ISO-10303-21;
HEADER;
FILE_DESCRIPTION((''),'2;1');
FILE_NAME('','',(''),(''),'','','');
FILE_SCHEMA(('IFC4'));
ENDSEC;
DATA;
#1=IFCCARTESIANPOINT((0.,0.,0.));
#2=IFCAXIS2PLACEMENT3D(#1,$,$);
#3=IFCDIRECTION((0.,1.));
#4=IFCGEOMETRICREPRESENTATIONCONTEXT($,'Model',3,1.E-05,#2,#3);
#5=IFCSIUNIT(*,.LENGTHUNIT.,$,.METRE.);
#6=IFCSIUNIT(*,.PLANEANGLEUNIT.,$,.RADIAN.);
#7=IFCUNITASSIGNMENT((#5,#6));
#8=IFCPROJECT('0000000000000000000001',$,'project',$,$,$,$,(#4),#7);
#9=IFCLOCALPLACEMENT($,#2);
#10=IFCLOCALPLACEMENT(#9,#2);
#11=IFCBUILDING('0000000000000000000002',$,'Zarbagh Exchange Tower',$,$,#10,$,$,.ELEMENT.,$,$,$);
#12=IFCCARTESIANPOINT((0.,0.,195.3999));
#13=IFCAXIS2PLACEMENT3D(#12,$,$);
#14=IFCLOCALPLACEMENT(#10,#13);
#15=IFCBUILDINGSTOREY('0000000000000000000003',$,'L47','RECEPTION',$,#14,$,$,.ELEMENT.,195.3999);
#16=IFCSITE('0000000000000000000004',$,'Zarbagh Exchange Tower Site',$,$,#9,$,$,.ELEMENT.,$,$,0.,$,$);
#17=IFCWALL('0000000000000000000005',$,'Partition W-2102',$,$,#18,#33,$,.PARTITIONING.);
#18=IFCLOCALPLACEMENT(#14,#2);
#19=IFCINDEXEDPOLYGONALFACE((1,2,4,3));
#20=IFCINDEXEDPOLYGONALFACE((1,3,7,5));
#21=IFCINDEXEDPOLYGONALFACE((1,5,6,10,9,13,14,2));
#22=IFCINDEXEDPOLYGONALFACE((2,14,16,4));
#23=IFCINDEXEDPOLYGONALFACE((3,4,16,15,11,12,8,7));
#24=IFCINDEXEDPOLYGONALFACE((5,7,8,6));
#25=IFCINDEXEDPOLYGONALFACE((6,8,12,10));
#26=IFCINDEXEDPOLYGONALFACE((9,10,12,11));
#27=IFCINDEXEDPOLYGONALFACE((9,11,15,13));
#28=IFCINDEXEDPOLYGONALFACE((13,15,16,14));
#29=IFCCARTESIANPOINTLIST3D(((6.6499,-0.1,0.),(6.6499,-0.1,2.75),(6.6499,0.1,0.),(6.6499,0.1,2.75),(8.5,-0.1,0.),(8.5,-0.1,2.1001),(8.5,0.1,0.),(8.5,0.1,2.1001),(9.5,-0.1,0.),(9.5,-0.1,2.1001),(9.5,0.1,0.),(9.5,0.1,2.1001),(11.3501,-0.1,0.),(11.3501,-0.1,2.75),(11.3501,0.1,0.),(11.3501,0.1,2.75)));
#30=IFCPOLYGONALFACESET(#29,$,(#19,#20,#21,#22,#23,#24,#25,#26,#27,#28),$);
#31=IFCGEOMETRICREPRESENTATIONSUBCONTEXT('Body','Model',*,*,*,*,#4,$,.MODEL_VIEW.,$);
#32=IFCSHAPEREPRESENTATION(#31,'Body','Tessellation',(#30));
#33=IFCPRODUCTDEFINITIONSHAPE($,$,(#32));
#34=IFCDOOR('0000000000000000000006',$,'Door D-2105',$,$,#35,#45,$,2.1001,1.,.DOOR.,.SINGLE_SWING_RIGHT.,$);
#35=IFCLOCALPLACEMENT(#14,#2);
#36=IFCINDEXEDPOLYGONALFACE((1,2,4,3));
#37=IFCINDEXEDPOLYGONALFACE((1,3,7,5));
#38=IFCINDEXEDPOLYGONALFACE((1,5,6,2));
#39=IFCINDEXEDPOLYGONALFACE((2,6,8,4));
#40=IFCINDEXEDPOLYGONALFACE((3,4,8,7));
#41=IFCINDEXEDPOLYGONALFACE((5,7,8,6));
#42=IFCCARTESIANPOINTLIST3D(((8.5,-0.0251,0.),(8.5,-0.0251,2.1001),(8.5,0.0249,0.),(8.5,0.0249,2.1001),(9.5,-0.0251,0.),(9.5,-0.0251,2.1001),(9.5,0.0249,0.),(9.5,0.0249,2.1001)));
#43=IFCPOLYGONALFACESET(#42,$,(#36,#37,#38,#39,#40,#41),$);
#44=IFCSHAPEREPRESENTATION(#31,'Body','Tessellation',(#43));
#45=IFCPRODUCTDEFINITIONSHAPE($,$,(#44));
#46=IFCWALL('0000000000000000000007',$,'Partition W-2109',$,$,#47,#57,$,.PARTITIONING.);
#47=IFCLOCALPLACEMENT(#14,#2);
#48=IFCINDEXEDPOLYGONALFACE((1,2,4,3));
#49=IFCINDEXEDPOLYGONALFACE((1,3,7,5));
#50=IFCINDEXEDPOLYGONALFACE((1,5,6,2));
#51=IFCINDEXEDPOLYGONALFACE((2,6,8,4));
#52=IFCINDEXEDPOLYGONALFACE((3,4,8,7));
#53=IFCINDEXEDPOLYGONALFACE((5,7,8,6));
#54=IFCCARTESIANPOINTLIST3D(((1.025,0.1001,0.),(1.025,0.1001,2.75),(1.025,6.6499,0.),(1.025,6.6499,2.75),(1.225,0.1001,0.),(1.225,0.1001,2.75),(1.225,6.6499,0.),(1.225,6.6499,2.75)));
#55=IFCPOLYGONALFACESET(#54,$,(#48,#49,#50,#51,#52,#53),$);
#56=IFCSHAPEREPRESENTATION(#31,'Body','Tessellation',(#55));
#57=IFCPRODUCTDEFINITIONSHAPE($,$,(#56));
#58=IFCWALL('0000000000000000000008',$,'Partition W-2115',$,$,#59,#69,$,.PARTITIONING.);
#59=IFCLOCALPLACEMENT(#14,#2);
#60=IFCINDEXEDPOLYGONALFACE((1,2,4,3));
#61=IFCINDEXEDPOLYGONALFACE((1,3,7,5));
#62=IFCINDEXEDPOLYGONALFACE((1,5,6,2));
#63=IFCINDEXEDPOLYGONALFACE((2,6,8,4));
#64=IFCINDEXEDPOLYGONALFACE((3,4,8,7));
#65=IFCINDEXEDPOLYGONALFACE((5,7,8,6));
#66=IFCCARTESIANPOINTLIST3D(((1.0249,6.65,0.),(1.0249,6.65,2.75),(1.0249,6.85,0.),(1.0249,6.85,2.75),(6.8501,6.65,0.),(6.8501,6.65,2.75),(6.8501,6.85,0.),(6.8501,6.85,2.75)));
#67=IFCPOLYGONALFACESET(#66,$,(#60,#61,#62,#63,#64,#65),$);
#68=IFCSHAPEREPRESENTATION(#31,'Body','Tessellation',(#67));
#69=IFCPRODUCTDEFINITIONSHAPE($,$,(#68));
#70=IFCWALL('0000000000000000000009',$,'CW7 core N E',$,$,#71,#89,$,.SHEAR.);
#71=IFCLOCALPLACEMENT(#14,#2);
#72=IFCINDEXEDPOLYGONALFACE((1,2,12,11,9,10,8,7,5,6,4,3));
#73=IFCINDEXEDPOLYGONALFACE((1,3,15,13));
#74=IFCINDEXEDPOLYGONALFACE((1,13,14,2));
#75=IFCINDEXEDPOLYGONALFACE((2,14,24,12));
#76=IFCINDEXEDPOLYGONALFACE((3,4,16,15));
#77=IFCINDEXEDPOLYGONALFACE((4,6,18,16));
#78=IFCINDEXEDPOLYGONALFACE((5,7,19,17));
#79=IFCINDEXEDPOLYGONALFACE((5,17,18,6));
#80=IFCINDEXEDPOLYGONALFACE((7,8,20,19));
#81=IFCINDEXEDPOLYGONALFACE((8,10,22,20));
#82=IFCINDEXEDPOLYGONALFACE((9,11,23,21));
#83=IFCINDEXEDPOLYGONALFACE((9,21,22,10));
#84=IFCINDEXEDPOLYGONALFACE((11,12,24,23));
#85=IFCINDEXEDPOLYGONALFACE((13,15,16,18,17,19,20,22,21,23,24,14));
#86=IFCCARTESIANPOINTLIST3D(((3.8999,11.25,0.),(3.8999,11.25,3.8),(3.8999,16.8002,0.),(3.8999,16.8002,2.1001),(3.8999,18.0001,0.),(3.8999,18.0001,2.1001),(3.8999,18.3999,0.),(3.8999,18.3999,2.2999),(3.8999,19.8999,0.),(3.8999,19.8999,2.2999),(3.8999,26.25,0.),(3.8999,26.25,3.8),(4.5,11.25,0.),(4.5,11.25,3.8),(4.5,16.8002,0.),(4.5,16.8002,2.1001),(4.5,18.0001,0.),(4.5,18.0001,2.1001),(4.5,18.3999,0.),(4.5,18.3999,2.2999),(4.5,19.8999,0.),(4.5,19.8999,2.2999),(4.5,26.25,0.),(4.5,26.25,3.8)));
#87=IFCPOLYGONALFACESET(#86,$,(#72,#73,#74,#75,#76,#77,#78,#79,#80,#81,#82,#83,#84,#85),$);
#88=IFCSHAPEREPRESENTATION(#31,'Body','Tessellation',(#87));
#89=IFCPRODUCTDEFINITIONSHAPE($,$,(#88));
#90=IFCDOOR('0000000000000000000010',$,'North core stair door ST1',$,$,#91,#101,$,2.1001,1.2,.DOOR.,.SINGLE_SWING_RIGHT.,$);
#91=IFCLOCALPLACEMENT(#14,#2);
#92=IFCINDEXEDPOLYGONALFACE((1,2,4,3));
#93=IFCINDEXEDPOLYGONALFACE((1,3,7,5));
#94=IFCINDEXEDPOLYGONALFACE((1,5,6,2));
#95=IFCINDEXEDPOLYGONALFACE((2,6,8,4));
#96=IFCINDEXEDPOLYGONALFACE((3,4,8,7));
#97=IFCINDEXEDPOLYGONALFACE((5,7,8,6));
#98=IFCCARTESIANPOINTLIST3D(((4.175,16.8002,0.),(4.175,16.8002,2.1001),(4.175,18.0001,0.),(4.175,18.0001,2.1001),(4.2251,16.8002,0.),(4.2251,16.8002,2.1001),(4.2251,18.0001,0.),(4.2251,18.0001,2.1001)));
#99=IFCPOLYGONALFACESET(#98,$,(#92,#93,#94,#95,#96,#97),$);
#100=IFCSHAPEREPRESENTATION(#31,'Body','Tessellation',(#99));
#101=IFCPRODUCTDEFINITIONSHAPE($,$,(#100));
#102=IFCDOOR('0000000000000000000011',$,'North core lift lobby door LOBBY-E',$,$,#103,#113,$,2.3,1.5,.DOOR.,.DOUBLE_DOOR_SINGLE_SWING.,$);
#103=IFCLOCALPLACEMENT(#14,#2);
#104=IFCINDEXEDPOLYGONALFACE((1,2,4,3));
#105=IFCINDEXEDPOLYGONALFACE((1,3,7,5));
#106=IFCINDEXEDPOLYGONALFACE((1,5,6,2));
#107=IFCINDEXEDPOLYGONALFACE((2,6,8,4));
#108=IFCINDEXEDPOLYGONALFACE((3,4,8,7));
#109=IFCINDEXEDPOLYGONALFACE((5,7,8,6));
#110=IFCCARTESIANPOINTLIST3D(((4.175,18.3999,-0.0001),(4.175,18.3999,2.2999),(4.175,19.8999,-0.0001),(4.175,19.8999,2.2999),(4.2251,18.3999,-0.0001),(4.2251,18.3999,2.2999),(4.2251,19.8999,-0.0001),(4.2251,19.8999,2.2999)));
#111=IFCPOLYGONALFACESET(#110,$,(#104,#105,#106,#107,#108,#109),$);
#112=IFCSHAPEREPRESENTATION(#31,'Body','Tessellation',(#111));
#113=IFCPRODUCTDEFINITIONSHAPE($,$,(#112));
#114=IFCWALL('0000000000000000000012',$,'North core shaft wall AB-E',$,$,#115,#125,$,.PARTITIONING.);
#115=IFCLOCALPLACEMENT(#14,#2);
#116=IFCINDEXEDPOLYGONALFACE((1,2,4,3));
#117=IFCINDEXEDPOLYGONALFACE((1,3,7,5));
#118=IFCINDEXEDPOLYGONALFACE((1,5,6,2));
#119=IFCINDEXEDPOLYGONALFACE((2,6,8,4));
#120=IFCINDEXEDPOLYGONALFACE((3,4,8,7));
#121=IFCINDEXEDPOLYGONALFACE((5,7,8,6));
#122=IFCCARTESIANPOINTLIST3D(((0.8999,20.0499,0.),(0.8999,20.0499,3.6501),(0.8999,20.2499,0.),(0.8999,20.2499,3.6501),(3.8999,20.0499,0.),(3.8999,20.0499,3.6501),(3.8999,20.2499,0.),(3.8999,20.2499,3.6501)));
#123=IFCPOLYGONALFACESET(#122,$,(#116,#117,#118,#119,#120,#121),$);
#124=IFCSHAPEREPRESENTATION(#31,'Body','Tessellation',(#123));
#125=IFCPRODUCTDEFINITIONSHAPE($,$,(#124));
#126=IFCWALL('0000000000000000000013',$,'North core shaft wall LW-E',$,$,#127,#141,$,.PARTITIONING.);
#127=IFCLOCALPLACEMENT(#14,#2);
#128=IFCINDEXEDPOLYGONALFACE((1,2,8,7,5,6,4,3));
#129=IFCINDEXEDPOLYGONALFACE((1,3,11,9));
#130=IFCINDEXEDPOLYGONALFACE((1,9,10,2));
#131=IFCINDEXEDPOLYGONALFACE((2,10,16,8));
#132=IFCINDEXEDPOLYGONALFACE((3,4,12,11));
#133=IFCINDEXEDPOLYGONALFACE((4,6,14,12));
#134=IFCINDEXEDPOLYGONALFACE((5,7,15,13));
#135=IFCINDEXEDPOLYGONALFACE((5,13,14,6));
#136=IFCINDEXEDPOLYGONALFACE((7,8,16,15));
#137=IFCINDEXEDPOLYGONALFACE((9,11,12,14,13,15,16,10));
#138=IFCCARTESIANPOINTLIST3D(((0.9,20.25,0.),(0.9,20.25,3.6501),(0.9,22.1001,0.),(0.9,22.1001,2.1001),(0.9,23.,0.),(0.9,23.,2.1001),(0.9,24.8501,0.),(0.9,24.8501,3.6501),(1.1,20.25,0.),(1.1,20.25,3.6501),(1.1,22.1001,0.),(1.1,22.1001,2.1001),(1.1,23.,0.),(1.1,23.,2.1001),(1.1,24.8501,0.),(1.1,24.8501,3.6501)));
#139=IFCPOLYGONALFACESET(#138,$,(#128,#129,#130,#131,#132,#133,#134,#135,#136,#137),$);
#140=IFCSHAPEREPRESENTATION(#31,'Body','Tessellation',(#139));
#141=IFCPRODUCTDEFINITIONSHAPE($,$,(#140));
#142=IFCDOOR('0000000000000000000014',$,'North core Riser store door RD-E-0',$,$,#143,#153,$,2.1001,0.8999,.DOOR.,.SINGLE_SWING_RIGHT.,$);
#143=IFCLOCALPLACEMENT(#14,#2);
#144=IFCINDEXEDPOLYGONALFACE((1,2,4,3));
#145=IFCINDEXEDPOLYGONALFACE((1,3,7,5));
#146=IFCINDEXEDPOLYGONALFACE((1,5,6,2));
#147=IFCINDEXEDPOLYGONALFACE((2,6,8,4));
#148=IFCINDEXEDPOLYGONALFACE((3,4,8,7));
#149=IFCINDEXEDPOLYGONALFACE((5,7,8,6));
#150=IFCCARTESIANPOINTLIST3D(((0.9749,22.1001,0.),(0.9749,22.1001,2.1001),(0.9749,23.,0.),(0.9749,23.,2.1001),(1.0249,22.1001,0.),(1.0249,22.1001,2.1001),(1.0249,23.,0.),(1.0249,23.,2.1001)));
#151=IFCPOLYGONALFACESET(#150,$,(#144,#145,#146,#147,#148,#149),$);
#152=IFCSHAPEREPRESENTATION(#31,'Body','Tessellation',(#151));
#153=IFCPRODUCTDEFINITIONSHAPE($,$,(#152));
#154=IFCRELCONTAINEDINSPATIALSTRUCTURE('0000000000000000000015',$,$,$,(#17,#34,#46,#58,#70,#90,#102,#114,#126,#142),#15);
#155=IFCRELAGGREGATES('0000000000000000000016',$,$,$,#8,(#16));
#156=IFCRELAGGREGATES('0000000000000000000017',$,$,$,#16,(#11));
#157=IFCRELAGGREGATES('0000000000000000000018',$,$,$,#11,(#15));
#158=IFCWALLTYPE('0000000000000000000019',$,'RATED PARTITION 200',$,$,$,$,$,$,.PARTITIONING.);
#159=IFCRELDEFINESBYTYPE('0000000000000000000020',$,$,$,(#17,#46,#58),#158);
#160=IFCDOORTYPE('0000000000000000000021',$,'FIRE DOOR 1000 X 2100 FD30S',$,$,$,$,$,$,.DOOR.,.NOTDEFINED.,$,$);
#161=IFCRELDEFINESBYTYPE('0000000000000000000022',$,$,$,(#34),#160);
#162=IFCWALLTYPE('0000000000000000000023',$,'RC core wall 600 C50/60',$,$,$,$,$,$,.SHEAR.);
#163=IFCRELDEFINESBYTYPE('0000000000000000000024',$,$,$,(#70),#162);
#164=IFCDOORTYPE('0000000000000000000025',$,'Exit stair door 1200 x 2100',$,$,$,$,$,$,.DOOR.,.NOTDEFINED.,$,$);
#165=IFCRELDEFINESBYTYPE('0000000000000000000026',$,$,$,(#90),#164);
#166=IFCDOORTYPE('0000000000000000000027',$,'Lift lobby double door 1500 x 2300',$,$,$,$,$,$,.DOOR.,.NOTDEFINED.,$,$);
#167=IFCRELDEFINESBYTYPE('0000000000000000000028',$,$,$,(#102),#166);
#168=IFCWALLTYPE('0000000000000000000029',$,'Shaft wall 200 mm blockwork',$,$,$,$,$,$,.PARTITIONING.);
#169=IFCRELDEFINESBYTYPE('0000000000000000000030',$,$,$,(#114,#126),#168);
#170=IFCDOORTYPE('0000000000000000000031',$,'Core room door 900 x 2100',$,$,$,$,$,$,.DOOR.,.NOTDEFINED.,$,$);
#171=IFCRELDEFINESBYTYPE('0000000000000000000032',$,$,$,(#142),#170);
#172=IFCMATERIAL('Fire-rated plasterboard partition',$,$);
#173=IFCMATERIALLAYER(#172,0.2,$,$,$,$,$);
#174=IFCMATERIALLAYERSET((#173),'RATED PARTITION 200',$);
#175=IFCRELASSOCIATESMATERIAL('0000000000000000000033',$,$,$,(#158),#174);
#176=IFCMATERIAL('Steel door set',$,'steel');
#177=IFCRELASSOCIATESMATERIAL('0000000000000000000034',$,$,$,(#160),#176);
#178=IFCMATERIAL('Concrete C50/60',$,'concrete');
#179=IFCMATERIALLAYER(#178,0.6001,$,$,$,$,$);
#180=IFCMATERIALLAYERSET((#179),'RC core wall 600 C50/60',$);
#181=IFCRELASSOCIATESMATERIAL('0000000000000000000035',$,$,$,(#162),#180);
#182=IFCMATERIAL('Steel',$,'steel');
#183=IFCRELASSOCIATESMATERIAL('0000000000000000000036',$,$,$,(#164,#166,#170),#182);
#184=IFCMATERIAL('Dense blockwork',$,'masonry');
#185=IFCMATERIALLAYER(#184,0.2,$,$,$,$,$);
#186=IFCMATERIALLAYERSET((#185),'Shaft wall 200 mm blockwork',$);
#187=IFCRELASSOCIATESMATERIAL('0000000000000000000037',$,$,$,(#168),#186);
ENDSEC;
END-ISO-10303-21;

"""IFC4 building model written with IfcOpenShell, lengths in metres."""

from ifc_helpers import new_model, si_unit, direction, frame, frame_2d, origin, place, context, subcontext, project, spatial, rectangle, extrude, material, layer, layer_set, type_object, element, fill, save


model = new_model("IFC4")

# Units and contexts
model_context = context("Model", 3, precision=1e-05, world=origin(), true_north=direction((0.0, 1.0)))
body_context = subcontext(model_context, "Body", "Model", "MODEL_VIEW")
ifc_project = project(units=[si_unit("LENGTHUNIT", "METRE"), si_unit("PLANEANGLEUNIT", "RADIAN")], contexts=[model_context])

# Site, building, storey
site_placement = place(None, origin())
site = spatial("IfcSite", under=ifc_project, at=site_placement, Name="Zarbagh Exchange Tower Site", CompositionType="ELEMENT", RefElevation=0.0)
building_placement = place(site_placement, origin())
building = spatial("IfcBuilding", under=site, at=building_placement, Name="Zarbagh Exchange Tower", CompositionType="ELEMENT")
storey_placement = place(building_placement, frame((0.0, 0.0, 195.3999)))
storey = spatial("IfcBuildingStorey", under=building, at=storey_placement, Name="L47", Description="RECEPTION", CompositionType="ELEMENT", Elevation=195.3999)

# Shared definitions
ifc_material_1 = material(Name="Concrete C50/60", Category="concrete")

# Wall, opening, door
ifc_material_2 = material(Name="Fire-rated plasterboard partition")
ifc_layer_1 = layer(ifc_material_2, 0.2)
ifc_layer_set_1 = layer_set([ifc_layer_1], Name="RATED PARTITION 200")
wall_type_1 = type_object("IfcWallType", Name="RATED PARTITION 200", PredefinedType="PARTITIONING", material=ifc_layer_set_1)
ifc_material_3 = material(Name="Steel door set", Category="steel")
door_type_1 = type_object("IfcDoorType", Name="FIRE DOOR 1000 X 2100 FD30S", OperationType="NOTDEFINED", PredefinedType="DOOR", material=ifc_material_3)
wall_1_placement = place(storey_placement, frame((6.6499, 0.0, 0.0), z_axis=(0.0, 0.0, 1.0), x_axis=(1.0, 0.0, 0.0)))
wall_1 = element("IfcWall", 1, at=wall_1_placement, inside=storey, type_object=wall_type_1, Name="Partition W-2102", PredefinedType="PARTITIONING", context=body_context, shape_type="SweptSolid", body=[
    extrude(rectangle(XDim=4.7002, YDim=0.2, at=frame_2d((2.3501, 0.0))), origin(), (0.0, 0.0, 1.0), 2.75),
])
opening_1_placement = place(wall_1_placement, frame((1.8501, 0.0, 0.0)))
opening_1 = element("IfcOpeningElement", 2, at=opening_1_placement, cuts=wall_1, PredefinedType="OPENING", context=body_context, shape_type="SweptSolid", body=[
    extrude(rectangle(XDim=1.0, YDim=2.1001, at=frame_2d((0.5, 1.05))), frame((0.0, 0.1099, 0.0), z_axis=(0.0, -1.0, 0.0), x_axis=(1.0, 0.0, 0.0)), (0.0, 0.0, 1.0), 0.22),
])
door_1_placement = place(opening_1_placement, origin())
door_1 = element("IfcDoor", 3, at=door_1_placement, inside=storey, type_object=door_type_1, Name="Door D-2105", OperationType="SINGLE_SWING_RIGHT", OverallHeight=2.1001, OverallWidth=1.0, PredefinedType="DOOR", context=body_context, shape_type="SweptSolid", body=[
    extrude(rectangle(XDim=1.0, YDim=2.1001, at=frame_2d((0.5, 1.05))), frame((0.0, 0.0249, 0.0), z_axis=(0.0, -1.0, 0.0), x_axis=(1.0, 0.0, 0.0)), (0.0, 0.0, 1.0), 0.05),
])
fill(opening_1, door_1)

# Walls
wall_2_placement = place(storey_placement, frame((1.125, 0.1001, 0.0), z_axis=(0.0, 0.0, 1.0), x_axis=(0.0, 1.0, 0.0)))
element("IfcWall", 4, at=wall_2_placement, inside=storey, type_object=wall_type_1, Name="Partition W-2109", PredefinedType="PARTITIONING", context=body_context, shape_type="SweptSolid", body=[
    extrude(rectangle(XDim=6.5498, YDim=0.2, at=frame_2d((3.2749, 0.0))), origin(), (0.0, 0.0, 1.0), 2.75),
])
wall_3_placement = place(storey_placement, frame((1.0249, 6.75, 0.0), z_axis=(0.0, 0.0, 1.0), x_axis=(1.0, 0.0, 0.0)))
element("IfcWall", 5, at=wall_3_placement, inside=storey, type_object=wall_type_1, Name="Partition W-2115", PredefinedType="PARTITIONING", context=body_context, shape_type="SweptSolid", body=[
    extrude(rectangle(XDim=5.8252, YDim=0.2, at=frame_2d((2.9126, 0.0))), origin(), (0.0, 0.0, 1.0), 2.75),
])

# Wall, openings, doors
ifc_layer_2 = layer(ifc_material_1, 0.6001)
ifc_layer_set_2 = layer_set([ifc_layer_2], Name="RC core wall 600 C50/60")
wall_type_2 = type_object("IfcWallType", Name="RC core wall 600 C50/60", PredefinedType="SHEAR", material=ifc_layer_set_2)
wall_4_placement = place(storey_placement, frame((4.2, 11.25, 0.0), z_axis=(0.0, 0.0, 1.0), x_axis=(0.0, 1.0, 0.0)))
wall_4 = element("IfcWall", 6, at=wall_4_placement, inside=storey, type_object=wall_type_2, Name="CW7 core N E", PredefinedType="SHEAR", context=body_context, shape_type="SweptSolid", body=[
    extrude(rectangle(XDim=15.0, YDim=0.6001, at=frame_2d((7.5, 0.0))), origin(), (0.0, 0.0, 1.0), 3.8),
])
opening_2_placement = place(wall_4_placement, frame((7.1499, 0.0, 0.0)))
opening_2 = element("IfcOpeningElement", 7, at=opening_2_placement, cuts=wall_4, PredefinedType="OPENING", context=body_context, shape_type="SweptSolid", body=[
    extrude(rectangle(XDim=1.5, YDim=2.3, at=frame_2d((0.75, 1.1499))), frame((0.0, 0.3101, 0.0), z_axis=(0.0, -1.0, 0.0), x_axis=(1.0, 0.0, 0.0)), (0.0, 0.0, 1.0), 0.6201),
])
opening_3_placement = place(wall_4_placement, frame((5.55, 0.0, 0.0)))
opening_3 = element("IfcOpeningElement", 8, at=opening_3_placement, cuts=wall_4, PredefinedType="OPENING", context=body_context, shape_type="SweptSolid", body=[
    extrude(rectangle(XDim=1.2, YDim=2.1001, at=frame_2d((0.6001, 1.05))), frame((0.0, 0.3101, 0.0), z_axis=(0.0, -1.0, 0.0), x_axis=(1.0, 0.0, 0.0)), (0.0, 0.0, 1.0), 0.6201),
])
ifc_material_4 = material(Name="Steel", Category="steel")
door_type_2 = type_object("IfcDoorType", Name="Exit stair door 1200 x 2100", OperationType="NOTDEFINED", PredefinedType="DOOR", material=ifc_material_4)
door_2_placement = place(opening_3_placement, origin())
door_2 = element("IfcDoor", 9, at=door_2_placement, inside=storey, type_object=door_type_2, Name="North core stair door ST1", OperationType="SINGLE_SWING_RIGHT", OverallHeight=2.1001, OverallWidth=1.2, PredefinedType="DOOR", context=body_context, shape_type="SweptSolid", body=[
    extrude(rectangle(XDim=1.2, YDim=2.1001, at=frame_2d((0.6001, 1.05))), frame((0.0, 0.0249, 0.0), z_axis=(0.0, -1.0, 0.0), x_axis=(1.0, 0.0, 0.0)), (0.0, 0.0, 1.0), 0.05),
])
fill(opening_3, door_2)
door_type_3 = type_object("IfcDoorType", Name="Lift lobby double door 1500 x 2300", OperationType="NOTDEFINED", PredefinedType="DOOR", material=ifc_material_4)
door_3_placement = place(opening_2_placement, origin())
door_3 = element("IfcDoor", 10, at=door_3_placement, inside=storey, type_object=door_type_3, Name="North core lift lobby door LOBBY-E", OperationType="DOUBLE_DOOR_SINGLE_SWING", OverallHeight=2.3, OverallWidth=1.5, PredefinedType="DOOR", context=body_context, shape_type="SweptSolid", body=[
    extrude(rectangle(XDim=1.5, YDim=2.3, at=frame_2d((0.75, 1.1499))), frame((0.0, 0.0249, 0.0), z_axis=(0.0, -1.0, 0.0), x_axis=(1.0, 0.0, 0.0)), (0.0, 0.0, 1.0), 0.05),
])
fill(opening_2, door_3)

# Wall
ifc_material_5 = material(Name="Dense blockwork", Category="masonry")
ifc_layer_3 = layer(ifc_material_5, 0.2)
ifc_layer_set_3 = layer_set([ifc_layer_3], Name="Shaft wall 200 mm blockwork")
wall_type_3 = type_object("IfcWallType", Name="Shaft wall 200 mm blockwork", PredefinedType="PARTITIONING", material=ifc_layer_set_3)
wall_5_placement = place(storey_placement, frame((0.8999, 20.1499, 0.0), z_axis=(0.0, 0.0, 1.0), x_axis=(1.0, 0.0, 0.0)))
element("IfcWall", 11, at=wall_5_placement, inside=storey, type_object=wall_type_3, Name="North core shaft wall AB-E", PredefinedType="PARTITIONING", context=body_context, shape_type="SweptSolid", body=[
    extrude(rectangle(XDim=3.0, YDim=0.2, at=frame_2d((1.5, 0.0))), origin(), (0.0, 0.0, 1.0), 3.6501),
])

# Wall, opening, door
wall_6_placement = place(storey_placement, frame((1.0, 24.8501, 0.0), z_axis=(0.0, 0.0, 1.0), x_axis=(0.0, -1.0, 0.0)))
wall_6 = element("IfcWall", 12, at=wall_6_placement, inside=storey, type_object=wall_type_3, Name="North core shaft wall LW-E", PredefinedType="PARTITIONING", context=body_context, shape_type="SweptSolid", body=[
    extrude(rectangle(XDim=4.6001, YDim=0.2, at=frame_2d((2.3, 0.0))), origin(), (0.0, 0.0, 1.0), 3.6501),
])
opening_4_placement = place(wall_6_placement, frame((1.8501, 0.0, 0.0)))
opening_4 = element("IfcOpeningElement", 13, at=opening_4_placement, cuts=wall_6, PredefinedType="OPENING", context=body_context, shape_type="SweptSolid", body=[
    extrude(rectangle(XDim=0.8999, YDim=2.1001, at=frame_2d((0.45, 1.05))), frame((0.0, 0.1099, 0.0), z_axis=(0.0, -1.0, 0.0), x_axis=(1.0, 0.0, 0.0)), (0.0, 0.0, 1.0), 0.22),
])
door_type_4 = type_object("IfcDoorType", Name="Core room door 900 x 2100", OperationType="NOTDEFINED", PredefinedType="DOOR", material=ifc_material_4)
door_4_placement = place(opening_4_placement, origin())
door_4 = element("IfcDoor", 14, at=door_4_placement, inside=storey, type_object=door_type_4, Name="North core Riser store door RD-E-0", OperationType="SINGLE_SWING_RIGHT", OverallHeight=2.1001, OverallWidth=0.8999, PredefinedType="DOOR", context=body_context, shape_type="SweptSolid", body=[
    extrude(rectangle(XDim=0.8999, YDim=2.1001, at=frame_2d((0.45, 1.05))), frame((0.0, 0.0249, 0.0), z_axis=(0.0, -1.0, 0.0), x_axis=(1.0, 0.0, 0.0)), (0.0, 0.0, 1.0), 0.05),
])
fill(opening_4, door_4)

save(model, "model.ifc")
